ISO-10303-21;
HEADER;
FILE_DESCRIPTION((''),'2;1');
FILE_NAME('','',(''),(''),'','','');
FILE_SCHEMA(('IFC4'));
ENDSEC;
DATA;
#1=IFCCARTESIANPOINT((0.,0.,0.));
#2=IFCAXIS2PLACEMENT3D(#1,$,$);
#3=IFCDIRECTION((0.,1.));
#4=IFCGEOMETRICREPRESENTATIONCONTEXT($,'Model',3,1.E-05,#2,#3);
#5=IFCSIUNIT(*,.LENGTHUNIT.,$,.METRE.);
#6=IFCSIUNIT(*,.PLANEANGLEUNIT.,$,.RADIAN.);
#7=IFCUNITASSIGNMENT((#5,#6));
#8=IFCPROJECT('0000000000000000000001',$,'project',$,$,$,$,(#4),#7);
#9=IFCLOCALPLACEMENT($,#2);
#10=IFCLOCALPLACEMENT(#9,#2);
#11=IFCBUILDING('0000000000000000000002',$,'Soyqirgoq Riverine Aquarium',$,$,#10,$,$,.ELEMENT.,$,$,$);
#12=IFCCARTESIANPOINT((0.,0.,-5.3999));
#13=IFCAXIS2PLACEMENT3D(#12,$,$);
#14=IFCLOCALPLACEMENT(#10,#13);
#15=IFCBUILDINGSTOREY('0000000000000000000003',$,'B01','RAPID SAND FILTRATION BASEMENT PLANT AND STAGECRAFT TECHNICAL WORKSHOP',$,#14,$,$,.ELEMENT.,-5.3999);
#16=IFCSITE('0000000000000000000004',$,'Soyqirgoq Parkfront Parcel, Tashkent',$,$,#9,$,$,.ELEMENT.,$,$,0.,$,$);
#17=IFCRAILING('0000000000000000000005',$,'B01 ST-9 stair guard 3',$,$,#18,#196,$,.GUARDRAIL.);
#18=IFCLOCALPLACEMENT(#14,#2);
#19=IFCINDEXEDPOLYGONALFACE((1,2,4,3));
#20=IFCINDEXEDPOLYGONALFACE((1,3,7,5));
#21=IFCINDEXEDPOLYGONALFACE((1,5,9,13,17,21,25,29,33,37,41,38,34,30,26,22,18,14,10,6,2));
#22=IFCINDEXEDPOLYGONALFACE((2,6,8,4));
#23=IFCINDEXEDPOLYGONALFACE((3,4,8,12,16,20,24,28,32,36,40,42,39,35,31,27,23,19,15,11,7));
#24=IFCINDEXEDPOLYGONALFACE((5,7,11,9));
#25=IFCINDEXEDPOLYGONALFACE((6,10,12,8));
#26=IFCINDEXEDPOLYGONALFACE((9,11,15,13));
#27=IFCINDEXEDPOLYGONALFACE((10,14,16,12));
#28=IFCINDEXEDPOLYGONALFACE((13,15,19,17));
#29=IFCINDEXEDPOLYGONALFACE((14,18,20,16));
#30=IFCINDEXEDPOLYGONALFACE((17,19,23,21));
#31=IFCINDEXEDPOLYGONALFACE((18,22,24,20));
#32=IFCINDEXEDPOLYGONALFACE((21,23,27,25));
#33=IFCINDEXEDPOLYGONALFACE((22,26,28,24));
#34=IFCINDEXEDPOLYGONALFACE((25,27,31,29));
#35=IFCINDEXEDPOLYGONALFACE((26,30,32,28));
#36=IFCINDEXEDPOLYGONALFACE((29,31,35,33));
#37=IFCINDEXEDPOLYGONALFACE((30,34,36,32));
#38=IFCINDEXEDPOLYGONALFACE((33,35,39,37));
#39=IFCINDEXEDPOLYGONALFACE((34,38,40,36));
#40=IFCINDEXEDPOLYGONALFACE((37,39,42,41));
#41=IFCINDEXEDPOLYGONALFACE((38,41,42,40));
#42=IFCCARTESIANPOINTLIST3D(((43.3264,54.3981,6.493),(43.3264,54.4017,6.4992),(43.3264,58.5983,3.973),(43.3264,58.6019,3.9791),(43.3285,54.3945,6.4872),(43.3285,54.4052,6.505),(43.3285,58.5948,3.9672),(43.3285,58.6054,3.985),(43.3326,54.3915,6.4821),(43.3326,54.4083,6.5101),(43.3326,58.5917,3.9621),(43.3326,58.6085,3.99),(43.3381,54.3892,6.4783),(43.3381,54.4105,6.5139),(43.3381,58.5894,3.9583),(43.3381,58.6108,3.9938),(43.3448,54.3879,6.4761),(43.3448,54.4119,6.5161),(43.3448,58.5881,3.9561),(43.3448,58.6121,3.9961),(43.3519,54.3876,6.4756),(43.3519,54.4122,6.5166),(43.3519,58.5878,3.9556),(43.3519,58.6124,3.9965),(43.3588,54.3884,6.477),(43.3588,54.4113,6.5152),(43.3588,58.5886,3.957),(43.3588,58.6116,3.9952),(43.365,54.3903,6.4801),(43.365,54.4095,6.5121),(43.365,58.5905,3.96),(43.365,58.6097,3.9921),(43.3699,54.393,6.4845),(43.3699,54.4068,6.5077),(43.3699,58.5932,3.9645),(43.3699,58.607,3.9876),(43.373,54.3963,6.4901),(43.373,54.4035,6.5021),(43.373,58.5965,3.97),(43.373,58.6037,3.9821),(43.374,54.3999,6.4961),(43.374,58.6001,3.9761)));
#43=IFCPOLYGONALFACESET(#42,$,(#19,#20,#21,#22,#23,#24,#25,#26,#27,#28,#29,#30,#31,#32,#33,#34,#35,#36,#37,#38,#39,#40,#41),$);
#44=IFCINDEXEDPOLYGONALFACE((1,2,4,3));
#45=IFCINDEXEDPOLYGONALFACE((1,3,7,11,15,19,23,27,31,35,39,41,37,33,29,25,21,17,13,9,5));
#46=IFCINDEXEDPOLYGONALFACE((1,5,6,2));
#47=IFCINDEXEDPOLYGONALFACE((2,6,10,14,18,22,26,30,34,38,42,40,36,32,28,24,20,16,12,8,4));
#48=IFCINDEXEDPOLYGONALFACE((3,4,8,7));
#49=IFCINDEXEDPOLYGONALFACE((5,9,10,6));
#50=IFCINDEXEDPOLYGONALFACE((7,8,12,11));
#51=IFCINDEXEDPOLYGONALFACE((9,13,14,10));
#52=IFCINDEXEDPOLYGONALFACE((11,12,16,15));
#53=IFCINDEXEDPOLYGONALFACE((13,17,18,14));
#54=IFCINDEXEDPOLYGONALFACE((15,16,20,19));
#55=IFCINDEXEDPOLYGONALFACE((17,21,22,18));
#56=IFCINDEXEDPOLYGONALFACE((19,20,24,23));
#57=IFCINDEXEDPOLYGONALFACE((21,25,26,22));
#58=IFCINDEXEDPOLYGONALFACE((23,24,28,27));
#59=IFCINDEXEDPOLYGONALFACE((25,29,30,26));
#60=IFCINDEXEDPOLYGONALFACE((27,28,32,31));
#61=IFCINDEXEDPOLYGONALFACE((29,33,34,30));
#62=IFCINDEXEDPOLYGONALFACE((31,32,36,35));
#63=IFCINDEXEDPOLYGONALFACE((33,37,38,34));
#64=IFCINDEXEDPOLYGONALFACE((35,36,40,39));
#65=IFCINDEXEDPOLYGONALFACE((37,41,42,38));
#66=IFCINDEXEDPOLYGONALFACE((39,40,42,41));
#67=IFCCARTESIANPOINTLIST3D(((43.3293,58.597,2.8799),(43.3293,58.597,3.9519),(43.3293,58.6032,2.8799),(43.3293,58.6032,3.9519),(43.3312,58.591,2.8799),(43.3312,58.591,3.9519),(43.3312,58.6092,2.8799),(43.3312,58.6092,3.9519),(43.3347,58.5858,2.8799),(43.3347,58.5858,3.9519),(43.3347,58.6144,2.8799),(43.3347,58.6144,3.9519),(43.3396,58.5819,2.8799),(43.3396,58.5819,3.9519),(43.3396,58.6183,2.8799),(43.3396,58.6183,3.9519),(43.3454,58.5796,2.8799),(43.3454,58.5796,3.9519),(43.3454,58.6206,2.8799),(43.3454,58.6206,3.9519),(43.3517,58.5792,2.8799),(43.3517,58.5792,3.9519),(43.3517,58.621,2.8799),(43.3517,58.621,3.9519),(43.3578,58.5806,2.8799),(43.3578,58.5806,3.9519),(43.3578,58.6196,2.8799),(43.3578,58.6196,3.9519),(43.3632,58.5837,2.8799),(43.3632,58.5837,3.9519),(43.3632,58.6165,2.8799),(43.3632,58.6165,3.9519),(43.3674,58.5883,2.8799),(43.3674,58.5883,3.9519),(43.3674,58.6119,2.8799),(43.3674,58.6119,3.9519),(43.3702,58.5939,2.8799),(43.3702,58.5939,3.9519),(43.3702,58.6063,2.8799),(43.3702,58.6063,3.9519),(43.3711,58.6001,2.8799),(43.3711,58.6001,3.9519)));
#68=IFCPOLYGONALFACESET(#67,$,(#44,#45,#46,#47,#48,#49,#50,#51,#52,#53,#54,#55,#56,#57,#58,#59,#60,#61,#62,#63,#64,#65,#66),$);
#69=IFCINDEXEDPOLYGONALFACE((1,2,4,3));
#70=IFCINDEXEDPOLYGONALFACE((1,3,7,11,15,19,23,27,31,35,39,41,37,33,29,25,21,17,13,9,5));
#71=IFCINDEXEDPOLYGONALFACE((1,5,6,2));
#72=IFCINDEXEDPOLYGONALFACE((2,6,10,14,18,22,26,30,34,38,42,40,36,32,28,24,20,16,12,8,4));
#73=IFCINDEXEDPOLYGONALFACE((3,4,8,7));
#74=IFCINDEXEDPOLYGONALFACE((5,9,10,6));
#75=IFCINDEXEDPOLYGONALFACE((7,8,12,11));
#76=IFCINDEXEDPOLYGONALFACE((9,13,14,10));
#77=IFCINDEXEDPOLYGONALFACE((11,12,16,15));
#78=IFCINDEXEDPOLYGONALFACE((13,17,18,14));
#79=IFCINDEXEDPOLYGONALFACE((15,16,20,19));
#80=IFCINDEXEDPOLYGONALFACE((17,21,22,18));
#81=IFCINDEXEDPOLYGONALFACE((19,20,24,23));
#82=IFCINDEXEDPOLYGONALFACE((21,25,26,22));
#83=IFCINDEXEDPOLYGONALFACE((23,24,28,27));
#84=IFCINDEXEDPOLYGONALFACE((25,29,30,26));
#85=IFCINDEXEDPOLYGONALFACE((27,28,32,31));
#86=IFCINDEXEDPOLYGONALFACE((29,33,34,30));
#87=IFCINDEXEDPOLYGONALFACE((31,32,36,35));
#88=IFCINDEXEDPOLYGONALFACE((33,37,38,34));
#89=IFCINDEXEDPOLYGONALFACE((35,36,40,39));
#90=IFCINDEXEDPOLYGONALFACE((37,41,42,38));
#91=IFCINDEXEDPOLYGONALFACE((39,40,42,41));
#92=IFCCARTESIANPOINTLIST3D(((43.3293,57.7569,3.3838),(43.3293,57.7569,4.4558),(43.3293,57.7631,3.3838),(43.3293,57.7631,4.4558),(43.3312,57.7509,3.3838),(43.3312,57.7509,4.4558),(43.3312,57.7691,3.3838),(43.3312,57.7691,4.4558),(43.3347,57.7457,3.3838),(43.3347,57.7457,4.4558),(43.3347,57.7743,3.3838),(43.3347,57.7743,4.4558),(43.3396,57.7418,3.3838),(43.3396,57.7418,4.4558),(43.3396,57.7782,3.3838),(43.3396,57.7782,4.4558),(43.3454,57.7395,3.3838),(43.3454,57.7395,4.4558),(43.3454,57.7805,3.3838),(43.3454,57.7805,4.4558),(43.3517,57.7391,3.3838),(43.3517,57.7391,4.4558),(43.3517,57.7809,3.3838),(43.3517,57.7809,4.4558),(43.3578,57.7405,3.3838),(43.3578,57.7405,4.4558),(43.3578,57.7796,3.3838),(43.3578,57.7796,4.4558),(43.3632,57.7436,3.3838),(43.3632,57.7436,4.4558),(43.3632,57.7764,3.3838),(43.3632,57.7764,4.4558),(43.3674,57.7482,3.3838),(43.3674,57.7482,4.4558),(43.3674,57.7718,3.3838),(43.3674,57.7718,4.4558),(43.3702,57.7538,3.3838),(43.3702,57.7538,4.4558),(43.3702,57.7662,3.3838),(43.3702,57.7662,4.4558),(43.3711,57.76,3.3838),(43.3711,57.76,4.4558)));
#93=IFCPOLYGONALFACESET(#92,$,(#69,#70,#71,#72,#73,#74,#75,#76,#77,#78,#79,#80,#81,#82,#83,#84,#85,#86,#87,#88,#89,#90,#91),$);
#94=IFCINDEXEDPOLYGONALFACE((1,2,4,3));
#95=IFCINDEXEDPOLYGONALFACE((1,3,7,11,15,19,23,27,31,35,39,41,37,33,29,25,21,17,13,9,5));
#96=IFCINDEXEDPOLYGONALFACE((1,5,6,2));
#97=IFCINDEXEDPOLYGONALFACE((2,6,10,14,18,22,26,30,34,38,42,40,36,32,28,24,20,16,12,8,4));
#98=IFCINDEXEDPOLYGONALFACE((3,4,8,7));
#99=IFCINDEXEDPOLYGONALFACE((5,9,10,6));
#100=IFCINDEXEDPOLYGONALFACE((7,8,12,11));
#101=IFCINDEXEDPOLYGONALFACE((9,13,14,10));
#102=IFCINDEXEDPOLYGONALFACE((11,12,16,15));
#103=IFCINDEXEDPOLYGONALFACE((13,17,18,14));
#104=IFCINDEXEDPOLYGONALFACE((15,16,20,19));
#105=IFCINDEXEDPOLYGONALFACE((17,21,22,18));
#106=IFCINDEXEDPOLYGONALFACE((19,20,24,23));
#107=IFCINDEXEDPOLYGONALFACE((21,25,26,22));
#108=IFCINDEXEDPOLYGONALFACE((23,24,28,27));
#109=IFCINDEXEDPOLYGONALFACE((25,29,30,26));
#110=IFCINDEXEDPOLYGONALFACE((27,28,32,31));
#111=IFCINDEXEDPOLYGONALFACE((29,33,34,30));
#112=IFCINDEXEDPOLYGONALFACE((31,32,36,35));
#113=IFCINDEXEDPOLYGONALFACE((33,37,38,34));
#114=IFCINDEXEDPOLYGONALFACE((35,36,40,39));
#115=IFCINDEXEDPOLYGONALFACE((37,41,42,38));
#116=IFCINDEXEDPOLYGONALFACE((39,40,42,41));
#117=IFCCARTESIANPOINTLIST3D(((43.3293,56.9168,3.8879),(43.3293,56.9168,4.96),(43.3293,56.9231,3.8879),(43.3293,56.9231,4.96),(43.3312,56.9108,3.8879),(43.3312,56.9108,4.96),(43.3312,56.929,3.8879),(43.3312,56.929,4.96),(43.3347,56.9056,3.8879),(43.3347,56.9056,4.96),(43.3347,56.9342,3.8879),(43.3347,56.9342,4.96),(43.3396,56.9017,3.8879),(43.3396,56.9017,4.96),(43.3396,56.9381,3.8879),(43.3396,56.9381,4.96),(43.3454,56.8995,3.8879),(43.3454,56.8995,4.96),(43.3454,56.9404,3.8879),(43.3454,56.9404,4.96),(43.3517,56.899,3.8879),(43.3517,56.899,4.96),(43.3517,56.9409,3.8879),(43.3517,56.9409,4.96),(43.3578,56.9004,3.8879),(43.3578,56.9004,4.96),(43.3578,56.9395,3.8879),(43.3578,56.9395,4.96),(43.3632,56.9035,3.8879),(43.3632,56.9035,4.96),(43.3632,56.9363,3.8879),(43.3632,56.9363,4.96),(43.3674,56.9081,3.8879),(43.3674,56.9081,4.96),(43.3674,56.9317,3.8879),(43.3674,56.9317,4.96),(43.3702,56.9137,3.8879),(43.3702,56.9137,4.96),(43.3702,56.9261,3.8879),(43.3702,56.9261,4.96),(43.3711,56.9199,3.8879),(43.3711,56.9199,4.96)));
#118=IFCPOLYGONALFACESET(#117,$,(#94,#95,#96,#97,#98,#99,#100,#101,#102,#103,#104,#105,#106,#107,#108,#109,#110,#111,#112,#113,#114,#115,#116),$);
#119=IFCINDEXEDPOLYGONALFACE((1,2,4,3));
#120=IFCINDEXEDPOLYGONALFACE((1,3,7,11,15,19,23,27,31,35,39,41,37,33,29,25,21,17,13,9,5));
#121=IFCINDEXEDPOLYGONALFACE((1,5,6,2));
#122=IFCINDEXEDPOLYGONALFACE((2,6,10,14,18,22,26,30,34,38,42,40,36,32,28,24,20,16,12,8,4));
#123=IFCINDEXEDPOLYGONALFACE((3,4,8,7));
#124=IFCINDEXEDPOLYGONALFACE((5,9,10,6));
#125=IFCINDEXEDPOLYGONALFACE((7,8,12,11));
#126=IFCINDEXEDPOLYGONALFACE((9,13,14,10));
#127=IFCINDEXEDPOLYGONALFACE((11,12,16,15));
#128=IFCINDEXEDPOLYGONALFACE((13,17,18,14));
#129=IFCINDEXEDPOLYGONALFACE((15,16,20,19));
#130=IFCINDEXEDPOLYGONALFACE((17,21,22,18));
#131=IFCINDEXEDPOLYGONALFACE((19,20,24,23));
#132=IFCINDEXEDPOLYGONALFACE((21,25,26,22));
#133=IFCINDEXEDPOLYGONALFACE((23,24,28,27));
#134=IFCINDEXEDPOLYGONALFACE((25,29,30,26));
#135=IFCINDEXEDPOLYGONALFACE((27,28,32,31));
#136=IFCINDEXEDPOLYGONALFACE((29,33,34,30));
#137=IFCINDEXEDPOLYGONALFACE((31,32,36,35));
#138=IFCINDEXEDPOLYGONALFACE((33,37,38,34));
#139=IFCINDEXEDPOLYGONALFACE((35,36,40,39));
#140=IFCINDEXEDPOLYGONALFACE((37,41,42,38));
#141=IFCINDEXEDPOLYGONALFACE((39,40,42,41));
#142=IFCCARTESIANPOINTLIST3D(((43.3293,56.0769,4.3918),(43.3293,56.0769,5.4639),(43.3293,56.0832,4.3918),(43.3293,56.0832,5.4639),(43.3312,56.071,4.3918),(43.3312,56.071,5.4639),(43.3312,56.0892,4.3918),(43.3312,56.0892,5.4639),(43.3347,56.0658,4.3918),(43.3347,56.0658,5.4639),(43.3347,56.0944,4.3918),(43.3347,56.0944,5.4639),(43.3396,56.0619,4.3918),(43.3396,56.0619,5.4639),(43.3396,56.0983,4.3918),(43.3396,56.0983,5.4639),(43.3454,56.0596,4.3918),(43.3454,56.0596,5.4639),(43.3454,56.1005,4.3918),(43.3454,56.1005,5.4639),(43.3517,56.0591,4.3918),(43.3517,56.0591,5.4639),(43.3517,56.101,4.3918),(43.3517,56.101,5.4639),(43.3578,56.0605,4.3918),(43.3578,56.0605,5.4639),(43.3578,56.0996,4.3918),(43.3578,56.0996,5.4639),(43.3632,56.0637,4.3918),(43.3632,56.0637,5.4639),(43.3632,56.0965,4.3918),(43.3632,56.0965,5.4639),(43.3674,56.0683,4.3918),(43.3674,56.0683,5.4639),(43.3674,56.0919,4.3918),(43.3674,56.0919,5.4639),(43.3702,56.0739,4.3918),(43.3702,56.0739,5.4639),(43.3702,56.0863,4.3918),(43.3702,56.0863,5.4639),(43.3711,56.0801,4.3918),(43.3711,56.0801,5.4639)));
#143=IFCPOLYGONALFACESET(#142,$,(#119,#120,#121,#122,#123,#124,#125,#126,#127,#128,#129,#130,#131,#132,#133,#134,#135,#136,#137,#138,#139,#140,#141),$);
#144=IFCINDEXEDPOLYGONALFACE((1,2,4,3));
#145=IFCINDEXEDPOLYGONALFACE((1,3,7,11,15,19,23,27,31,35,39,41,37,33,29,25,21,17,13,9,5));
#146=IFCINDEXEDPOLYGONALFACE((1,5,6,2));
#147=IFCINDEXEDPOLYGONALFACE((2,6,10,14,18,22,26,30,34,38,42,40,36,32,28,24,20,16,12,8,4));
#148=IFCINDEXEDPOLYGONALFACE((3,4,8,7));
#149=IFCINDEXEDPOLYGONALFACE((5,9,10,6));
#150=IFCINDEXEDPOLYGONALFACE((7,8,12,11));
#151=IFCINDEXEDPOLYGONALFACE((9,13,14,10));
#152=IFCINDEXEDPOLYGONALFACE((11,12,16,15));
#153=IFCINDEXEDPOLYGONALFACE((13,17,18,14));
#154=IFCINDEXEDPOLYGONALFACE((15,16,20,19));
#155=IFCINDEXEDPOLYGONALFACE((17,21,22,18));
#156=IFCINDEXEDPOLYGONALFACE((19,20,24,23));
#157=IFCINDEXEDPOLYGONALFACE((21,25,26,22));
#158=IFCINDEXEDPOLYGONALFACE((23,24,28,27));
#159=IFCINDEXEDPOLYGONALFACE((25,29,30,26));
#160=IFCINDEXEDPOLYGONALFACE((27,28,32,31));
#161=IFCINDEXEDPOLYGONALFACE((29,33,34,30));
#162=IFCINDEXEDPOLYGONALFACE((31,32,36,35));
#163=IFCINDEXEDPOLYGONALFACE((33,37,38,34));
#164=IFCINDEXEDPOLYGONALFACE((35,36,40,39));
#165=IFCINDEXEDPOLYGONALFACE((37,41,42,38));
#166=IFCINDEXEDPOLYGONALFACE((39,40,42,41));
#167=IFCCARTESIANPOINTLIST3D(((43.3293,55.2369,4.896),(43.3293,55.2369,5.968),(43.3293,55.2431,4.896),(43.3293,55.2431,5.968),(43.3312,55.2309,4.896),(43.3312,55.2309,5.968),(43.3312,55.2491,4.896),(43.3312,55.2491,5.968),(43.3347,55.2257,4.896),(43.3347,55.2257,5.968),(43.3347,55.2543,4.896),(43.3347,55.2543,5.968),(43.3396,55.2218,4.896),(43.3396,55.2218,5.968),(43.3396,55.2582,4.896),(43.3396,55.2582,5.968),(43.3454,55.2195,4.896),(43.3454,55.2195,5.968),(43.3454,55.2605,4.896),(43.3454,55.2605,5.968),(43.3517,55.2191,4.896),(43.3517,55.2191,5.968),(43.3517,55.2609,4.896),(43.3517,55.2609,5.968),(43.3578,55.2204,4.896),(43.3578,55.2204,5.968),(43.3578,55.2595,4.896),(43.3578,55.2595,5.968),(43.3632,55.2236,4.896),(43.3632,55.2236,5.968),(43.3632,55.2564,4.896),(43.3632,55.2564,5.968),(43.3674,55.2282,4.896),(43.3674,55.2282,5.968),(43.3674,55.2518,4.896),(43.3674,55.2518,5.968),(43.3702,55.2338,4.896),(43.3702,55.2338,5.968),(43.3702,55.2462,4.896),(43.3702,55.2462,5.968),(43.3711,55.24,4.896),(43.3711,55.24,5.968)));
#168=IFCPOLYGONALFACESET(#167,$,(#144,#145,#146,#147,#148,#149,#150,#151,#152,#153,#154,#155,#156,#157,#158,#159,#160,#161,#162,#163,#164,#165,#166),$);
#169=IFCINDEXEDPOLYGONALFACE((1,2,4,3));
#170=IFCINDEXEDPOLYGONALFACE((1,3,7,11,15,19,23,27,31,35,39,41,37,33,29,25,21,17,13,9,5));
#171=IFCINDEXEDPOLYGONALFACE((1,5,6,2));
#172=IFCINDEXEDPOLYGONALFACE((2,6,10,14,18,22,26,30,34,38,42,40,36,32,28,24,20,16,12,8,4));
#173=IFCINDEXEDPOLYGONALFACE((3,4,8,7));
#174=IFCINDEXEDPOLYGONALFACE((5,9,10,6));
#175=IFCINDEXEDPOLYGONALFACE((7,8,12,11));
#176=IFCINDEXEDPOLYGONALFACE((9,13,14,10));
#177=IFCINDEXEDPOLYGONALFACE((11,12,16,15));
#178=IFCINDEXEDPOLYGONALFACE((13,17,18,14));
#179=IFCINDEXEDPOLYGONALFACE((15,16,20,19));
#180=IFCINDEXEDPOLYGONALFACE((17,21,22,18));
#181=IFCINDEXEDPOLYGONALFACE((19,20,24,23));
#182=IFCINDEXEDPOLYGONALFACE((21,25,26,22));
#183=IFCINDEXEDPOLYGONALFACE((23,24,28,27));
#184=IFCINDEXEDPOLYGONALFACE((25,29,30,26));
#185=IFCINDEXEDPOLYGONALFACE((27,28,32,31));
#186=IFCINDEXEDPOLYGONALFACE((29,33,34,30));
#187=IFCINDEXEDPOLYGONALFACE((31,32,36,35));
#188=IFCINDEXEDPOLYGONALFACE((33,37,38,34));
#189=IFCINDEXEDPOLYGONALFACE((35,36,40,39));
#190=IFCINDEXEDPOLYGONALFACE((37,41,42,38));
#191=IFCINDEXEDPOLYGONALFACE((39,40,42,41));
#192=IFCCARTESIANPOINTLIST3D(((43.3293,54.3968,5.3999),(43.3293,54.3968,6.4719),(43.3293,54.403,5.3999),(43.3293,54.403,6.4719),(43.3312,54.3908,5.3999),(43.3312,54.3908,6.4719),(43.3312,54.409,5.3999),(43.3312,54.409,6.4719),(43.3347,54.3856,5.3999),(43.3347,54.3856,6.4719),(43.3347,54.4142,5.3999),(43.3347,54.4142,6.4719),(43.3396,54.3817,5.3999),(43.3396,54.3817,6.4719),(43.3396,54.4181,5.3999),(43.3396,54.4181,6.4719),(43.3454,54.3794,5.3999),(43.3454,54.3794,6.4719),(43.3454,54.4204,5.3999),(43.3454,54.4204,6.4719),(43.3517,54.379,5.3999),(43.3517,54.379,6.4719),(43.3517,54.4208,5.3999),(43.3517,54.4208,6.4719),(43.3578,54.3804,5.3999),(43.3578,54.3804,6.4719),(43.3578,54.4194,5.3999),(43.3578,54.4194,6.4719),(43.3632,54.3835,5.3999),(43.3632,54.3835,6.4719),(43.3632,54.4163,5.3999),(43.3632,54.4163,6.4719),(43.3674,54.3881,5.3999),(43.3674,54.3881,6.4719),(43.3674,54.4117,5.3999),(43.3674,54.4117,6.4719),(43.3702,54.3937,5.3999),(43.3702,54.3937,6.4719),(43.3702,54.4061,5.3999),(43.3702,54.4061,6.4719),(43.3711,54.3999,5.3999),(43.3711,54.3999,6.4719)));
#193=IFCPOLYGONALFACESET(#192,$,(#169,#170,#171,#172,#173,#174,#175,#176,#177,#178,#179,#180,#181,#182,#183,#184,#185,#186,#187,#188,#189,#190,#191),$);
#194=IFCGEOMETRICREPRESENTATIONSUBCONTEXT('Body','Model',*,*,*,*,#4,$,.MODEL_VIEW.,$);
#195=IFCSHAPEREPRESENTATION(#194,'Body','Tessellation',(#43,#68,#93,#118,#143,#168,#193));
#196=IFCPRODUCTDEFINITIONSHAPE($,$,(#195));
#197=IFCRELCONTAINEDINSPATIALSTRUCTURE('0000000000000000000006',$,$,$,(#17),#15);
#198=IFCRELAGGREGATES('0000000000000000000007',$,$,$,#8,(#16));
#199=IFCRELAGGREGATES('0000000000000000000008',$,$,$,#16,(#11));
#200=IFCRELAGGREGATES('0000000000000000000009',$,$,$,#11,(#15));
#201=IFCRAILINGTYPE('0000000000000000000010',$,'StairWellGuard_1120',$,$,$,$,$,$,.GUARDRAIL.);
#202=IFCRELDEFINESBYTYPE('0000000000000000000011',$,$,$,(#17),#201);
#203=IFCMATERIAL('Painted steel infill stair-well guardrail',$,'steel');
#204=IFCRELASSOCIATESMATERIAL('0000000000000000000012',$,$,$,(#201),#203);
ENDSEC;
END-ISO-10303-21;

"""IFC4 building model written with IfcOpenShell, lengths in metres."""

from ifc_helpers import new_model, si_unit, direction, frame, origin, origin_2d, place, context, subcontext, project, spatial, circle, extrude, material, type_object, element, save


model = new_model("IFC4")

# Units and contexts
model_context = context("Model", 3, precision=1e-05, world=origin(), true_north=direction((0.0, 1.0)))
body_context = subcontext(model_context, "Body", "Model", "MODEL_VIEW")
ifc_project = project(units=[si_unit("LENGTHUNIT", "METRE"), si_unit("PLANEANGLEUNIT", "RADIAN")], contexts=[model_context])

# Site, building, storey
site_placement = place(None, origin())
site = spatial("IfcSite", under=ifc_project, at=site_placement, Name="Soyqirgoq Parkfront Parcel, Tashkent", CompositionType="ELEMENT", RefElevation=0.0)
building_placement = place(site_placement, origin())
building = spatial("IfcBuilding", under=site, at=building_placement, Name="Soyqirgoq Riverine Aquarium", CompositionType="ELEMENT")
storey_placement = place(building_placement, frame((0.0, 0.0, -5.3999)))
storey = spatial("IfcBuildingStorey", under=building, at=storey_placement, Name="B01", Description="RAPID SAND FILTRATION BASEMENT PLANT AND STAGECRAFT TECHNICAL WORKSHOP", CompositionType="ELEMENT", Elevation=-5.3999)

# Railing
ifc_material_1 = material(Name="Painted steel infill stair-well guardrail", Category="steel")
railing_type_1 = type_object("IfcRailingType", Name="StairWellGuard_1120", PredefinedType="GUARDRAIL", material=ifc_material_1)
railing_1_placement = place(storey_placement, frame((43.3501, 58.6001, 2.8799)))
element("IfcRailing", 1, at=railing_1_placement, inside=storey, type_object=railing_type_1, Name="B01 ST-9 stair guard 3", PredefinedType="GUARDRAIL", context=body_context, shape_type="SweptSolid", body=[
    extrude(circle(Radius=0.0239, at=origin_2d()), frame((0.0, 0.0, 1.0962), z_axis=(0.0, -0.857502, 0.514481), x_axis=(1.0, 0.0, 0.0)), (0.0, 0.0, 1.0), 4.8982),
    extrude(circle(Radius=0.021, at=origin_2d()), origin(), (0.0, 0.0, 1.0), 1.072),
    extrude(circle(Radius=0.021, at=origin_2d()), frame((0.0, -0.8401, 0.5039)), (0.0, 0.0, 1.0), 1.072),
    extrude(circle(Radius=0.021, at=origin_2d()), frame((0.0, -1.6802, 1.0081)), (0.0, 0.0, 1.0), 1.072),
    extrude(circle(Radius=0.021, at=origin_2d()), frame((0.0, -2.52, 1.512)), (0.0, 0.0, 1.0), 1.072),
    extrude(circle(Radius=0.021, at=origin_2d()), frame((0.0, -3.3601, 2.0161)), (0.0, 0.0, 1.0), 1.072),
    extrude(circle(Radius=0.021, at=origin_2d()), frame((0.0, -4.2002, 2.52)), (0.0, 0.0, 1.0), 1.072),
])

save(model, "model.ifc")
